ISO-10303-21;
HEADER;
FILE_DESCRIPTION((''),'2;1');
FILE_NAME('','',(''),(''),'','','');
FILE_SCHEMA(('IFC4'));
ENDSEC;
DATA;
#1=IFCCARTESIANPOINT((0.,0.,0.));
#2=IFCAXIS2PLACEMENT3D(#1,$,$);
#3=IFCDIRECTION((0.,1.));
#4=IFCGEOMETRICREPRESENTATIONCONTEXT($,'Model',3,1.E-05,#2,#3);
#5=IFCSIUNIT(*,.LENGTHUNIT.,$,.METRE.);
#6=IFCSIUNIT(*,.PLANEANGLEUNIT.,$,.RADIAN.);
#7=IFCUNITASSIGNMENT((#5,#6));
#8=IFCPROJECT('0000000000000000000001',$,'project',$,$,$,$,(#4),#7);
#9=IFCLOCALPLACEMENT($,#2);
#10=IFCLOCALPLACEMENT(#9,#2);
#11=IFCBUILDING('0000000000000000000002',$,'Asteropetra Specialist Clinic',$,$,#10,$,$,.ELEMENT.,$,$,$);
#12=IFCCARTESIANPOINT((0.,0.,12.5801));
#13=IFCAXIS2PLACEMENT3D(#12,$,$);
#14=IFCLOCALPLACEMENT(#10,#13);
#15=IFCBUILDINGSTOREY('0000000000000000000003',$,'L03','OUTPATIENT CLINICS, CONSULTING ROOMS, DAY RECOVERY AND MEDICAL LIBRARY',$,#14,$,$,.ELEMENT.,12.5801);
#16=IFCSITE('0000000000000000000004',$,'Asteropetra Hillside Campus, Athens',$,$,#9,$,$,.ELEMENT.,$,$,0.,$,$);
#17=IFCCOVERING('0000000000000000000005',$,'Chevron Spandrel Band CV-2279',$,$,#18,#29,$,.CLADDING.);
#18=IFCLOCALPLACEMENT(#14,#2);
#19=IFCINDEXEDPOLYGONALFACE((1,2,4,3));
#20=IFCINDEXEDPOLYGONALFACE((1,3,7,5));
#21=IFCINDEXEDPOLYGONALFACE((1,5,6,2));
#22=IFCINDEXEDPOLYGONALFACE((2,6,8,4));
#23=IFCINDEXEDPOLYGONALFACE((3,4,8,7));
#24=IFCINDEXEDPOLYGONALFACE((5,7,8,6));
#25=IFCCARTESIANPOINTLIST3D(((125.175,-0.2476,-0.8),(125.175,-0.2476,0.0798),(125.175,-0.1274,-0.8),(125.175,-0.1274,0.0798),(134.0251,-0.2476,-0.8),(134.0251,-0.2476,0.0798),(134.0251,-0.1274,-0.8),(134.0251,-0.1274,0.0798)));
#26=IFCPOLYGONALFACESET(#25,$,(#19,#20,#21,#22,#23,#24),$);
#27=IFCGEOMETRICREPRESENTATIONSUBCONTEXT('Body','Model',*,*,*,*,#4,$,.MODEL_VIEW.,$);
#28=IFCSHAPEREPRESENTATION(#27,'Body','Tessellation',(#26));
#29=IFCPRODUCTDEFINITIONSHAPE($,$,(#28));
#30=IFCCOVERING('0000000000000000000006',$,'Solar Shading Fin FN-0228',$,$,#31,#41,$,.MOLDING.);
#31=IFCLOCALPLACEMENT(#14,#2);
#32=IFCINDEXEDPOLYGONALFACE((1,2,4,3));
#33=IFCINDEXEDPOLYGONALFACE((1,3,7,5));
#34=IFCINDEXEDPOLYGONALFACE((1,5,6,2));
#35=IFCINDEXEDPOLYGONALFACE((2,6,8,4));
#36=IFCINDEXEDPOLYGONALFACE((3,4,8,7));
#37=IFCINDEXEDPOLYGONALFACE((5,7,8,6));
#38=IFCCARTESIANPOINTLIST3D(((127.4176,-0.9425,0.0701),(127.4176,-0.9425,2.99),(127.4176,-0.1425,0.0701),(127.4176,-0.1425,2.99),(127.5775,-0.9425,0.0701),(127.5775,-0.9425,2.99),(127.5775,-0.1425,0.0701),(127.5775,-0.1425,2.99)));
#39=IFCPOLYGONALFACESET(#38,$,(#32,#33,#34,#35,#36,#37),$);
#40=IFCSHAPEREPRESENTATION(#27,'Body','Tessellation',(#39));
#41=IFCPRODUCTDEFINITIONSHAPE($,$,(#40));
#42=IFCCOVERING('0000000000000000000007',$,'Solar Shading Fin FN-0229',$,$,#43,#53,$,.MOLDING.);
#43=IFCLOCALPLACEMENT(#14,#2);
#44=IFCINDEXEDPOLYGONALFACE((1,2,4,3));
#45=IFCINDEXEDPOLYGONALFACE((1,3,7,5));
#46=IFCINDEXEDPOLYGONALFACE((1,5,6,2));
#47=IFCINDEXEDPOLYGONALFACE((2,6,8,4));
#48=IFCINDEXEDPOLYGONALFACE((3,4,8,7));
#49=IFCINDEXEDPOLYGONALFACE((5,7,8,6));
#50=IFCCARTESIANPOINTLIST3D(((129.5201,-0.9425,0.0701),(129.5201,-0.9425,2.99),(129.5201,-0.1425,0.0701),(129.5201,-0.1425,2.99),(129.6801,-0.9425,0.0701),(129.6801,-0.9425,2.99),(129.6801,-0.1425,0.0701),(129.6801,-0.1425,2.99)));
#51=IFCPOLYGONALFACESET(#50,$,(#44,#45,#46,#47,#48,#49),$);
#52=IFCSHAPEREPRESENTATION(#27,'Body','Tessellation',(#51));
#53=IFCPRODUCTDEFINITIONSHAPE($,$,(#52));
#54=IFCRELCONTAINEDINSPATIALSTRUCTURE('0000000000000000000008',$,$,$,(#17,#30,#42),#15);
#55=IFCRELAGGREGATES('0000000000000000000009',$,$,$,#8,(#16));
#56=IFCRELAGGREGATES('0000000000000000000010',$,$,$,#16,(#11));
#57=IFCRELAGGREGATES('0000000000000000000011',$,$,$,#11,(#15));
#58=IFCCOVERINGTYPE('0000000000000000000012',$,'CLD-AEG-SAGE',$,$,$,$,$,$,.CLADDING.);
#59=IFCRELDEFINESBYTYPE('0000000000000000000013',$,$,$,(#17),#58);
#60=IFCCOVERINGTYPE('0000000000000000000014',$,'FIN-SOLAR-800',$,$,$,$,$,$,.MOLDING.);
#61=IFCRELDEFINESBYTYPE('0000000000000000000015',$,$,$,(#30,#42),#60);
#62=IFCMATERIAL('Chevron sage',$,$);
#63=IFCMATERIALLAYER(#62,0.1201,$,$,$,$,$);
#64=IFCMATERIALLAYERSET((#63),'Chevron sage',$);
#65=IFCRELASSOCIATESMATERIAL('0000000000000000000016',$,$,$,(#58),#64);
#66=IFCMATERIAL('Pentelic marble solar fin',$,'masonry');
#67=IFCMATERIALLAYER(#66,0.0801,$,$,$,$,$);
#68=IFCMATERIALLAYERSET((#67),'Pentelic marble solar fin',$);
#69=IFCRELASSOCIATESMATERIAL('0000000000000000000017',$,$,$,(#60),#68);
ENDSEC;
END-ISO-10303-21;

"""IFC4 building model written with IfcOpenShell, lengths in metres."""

from ifc_helpers import new_model, si_unit, direction, frame, origin, origin_2d, place, context, subcontext, project, spatial, rectangle, extrude, material, layer, layer_set, type_object, element, save


model = new_model("IFC4")

# Units and contexts
model_context = context("Model", 3, precision=1e-05, world=origin(), true_north=direction((0.0, 1.0)))
body_context = subcontext(model_context, "Body", "Model", "MODEL_VIEW")
ifc_project = project(units=[si_unit("LENGTHUNIT", "METRE"), si_unit("PLANEANGLEUNIT", "RADIAN")], contexts=[model_context])

# Site, building, storey
site_placement = place(None, origin())
site = spatial("IfcSite", under=ifc_project, at=site_placement, Name="Asteropetra Hillside Campus, Athens", CompositionType="ELEMENT", RefElevation=0.0)
building_placement = place(site_placement, origin())
building = spatial("IfcBuilding", under=site, at=building_placement, Name="Asteropetra Specialist Clinic", CompositionType="ELEMENT")
storey_placement = place(building_placement, frame((0.0, 0.0, 12.5801)))
storey = spatial("IfcBuildingStorey", under=building, at=storey_placement, Name="L03", Description="OUTPATIENT CLINICS, CONSULTING ROOMS, DAY RECOVERY AND MEDICAL LIBRARY", CompositionType="ELEMENT", Elevation=12.5801)

# Coverings
ifc_material_1 = material(Name="Chevron sage")
ifc_layer_1 = layer(ifc_material_1, 0.1201)
ifc_layer_set_1 = layer_set([ifc_layer_1], Name="Chevron sage")
covering_type_1 = type_object("IfcCoveringType", Name="CLD-AEG-SAGE", PredefinedType="CLADDING", material=ifc_layer_set_1)
covering_placement = place(storey_placement, frame((129.6001, -0.1875, -0.8), z_axis=(0.0, 0.0, 1.0), x_axis=(1.0, 0.0, 0.0)))
element("IfcCovering", 1, at=covering_placement, inside=storey, type_object=covering_type_1, Name="Chevron Spandrel Band CV-2279", PredefinedType="CLADDING", context=body_context, shape_type="SweptSolid", body=[
    extrude(rectangle(XDim=8.8501, YDim=0.1201, at=origin_2d()), origin(), (0.0, 0.0, 1.0), 0.8799),
])
ifc_material_2 = material(Name="Pentelic marble solar fin", Category="masonry")
ifc_layer_2 = layer(ifc_material_2, 0.0801)
ifc_layer_set_2 = layer_set([ifc_layer_2], Name="Pentelic marble solar fin")
covering_type_2 = type_object("IfcCoveringType", Name="FIN-SOLAR-800", PredefinedType="MOLDING", material=ifc_layer_set_2)
for number, where, z_axis, x_axis, name in (
    (2, (127.4976, -0.5425, 0.0701), (0.0, 0.0, 1.0), (1.0, 0.0, 0.0), "Solar Shading Fin FN-0228"),
    (3, (129.6001, -0.5425, 0.0701), (0.0, 0.0, 1.0), (1.0, 0.0, 0.0), "Solar Shading Fin FN-0229"),
):
    element("IfcCovering", number, at=place(storey_placement, frame(where, z_axis=z_axis, x_axis=x_axis)), inside=storey, type_object=covering_type_2, Name=name, PredefinedType="MOLDING", context=body_context, shape_type="SweptSolid", body=[
        extrude(rectangle(XDim=0.1599, YDim=0.8, at=origin_2d()), origin(), (0.0, 0.0, 1.0), 2.9199),
    ])

save(model, "model.ifc")
